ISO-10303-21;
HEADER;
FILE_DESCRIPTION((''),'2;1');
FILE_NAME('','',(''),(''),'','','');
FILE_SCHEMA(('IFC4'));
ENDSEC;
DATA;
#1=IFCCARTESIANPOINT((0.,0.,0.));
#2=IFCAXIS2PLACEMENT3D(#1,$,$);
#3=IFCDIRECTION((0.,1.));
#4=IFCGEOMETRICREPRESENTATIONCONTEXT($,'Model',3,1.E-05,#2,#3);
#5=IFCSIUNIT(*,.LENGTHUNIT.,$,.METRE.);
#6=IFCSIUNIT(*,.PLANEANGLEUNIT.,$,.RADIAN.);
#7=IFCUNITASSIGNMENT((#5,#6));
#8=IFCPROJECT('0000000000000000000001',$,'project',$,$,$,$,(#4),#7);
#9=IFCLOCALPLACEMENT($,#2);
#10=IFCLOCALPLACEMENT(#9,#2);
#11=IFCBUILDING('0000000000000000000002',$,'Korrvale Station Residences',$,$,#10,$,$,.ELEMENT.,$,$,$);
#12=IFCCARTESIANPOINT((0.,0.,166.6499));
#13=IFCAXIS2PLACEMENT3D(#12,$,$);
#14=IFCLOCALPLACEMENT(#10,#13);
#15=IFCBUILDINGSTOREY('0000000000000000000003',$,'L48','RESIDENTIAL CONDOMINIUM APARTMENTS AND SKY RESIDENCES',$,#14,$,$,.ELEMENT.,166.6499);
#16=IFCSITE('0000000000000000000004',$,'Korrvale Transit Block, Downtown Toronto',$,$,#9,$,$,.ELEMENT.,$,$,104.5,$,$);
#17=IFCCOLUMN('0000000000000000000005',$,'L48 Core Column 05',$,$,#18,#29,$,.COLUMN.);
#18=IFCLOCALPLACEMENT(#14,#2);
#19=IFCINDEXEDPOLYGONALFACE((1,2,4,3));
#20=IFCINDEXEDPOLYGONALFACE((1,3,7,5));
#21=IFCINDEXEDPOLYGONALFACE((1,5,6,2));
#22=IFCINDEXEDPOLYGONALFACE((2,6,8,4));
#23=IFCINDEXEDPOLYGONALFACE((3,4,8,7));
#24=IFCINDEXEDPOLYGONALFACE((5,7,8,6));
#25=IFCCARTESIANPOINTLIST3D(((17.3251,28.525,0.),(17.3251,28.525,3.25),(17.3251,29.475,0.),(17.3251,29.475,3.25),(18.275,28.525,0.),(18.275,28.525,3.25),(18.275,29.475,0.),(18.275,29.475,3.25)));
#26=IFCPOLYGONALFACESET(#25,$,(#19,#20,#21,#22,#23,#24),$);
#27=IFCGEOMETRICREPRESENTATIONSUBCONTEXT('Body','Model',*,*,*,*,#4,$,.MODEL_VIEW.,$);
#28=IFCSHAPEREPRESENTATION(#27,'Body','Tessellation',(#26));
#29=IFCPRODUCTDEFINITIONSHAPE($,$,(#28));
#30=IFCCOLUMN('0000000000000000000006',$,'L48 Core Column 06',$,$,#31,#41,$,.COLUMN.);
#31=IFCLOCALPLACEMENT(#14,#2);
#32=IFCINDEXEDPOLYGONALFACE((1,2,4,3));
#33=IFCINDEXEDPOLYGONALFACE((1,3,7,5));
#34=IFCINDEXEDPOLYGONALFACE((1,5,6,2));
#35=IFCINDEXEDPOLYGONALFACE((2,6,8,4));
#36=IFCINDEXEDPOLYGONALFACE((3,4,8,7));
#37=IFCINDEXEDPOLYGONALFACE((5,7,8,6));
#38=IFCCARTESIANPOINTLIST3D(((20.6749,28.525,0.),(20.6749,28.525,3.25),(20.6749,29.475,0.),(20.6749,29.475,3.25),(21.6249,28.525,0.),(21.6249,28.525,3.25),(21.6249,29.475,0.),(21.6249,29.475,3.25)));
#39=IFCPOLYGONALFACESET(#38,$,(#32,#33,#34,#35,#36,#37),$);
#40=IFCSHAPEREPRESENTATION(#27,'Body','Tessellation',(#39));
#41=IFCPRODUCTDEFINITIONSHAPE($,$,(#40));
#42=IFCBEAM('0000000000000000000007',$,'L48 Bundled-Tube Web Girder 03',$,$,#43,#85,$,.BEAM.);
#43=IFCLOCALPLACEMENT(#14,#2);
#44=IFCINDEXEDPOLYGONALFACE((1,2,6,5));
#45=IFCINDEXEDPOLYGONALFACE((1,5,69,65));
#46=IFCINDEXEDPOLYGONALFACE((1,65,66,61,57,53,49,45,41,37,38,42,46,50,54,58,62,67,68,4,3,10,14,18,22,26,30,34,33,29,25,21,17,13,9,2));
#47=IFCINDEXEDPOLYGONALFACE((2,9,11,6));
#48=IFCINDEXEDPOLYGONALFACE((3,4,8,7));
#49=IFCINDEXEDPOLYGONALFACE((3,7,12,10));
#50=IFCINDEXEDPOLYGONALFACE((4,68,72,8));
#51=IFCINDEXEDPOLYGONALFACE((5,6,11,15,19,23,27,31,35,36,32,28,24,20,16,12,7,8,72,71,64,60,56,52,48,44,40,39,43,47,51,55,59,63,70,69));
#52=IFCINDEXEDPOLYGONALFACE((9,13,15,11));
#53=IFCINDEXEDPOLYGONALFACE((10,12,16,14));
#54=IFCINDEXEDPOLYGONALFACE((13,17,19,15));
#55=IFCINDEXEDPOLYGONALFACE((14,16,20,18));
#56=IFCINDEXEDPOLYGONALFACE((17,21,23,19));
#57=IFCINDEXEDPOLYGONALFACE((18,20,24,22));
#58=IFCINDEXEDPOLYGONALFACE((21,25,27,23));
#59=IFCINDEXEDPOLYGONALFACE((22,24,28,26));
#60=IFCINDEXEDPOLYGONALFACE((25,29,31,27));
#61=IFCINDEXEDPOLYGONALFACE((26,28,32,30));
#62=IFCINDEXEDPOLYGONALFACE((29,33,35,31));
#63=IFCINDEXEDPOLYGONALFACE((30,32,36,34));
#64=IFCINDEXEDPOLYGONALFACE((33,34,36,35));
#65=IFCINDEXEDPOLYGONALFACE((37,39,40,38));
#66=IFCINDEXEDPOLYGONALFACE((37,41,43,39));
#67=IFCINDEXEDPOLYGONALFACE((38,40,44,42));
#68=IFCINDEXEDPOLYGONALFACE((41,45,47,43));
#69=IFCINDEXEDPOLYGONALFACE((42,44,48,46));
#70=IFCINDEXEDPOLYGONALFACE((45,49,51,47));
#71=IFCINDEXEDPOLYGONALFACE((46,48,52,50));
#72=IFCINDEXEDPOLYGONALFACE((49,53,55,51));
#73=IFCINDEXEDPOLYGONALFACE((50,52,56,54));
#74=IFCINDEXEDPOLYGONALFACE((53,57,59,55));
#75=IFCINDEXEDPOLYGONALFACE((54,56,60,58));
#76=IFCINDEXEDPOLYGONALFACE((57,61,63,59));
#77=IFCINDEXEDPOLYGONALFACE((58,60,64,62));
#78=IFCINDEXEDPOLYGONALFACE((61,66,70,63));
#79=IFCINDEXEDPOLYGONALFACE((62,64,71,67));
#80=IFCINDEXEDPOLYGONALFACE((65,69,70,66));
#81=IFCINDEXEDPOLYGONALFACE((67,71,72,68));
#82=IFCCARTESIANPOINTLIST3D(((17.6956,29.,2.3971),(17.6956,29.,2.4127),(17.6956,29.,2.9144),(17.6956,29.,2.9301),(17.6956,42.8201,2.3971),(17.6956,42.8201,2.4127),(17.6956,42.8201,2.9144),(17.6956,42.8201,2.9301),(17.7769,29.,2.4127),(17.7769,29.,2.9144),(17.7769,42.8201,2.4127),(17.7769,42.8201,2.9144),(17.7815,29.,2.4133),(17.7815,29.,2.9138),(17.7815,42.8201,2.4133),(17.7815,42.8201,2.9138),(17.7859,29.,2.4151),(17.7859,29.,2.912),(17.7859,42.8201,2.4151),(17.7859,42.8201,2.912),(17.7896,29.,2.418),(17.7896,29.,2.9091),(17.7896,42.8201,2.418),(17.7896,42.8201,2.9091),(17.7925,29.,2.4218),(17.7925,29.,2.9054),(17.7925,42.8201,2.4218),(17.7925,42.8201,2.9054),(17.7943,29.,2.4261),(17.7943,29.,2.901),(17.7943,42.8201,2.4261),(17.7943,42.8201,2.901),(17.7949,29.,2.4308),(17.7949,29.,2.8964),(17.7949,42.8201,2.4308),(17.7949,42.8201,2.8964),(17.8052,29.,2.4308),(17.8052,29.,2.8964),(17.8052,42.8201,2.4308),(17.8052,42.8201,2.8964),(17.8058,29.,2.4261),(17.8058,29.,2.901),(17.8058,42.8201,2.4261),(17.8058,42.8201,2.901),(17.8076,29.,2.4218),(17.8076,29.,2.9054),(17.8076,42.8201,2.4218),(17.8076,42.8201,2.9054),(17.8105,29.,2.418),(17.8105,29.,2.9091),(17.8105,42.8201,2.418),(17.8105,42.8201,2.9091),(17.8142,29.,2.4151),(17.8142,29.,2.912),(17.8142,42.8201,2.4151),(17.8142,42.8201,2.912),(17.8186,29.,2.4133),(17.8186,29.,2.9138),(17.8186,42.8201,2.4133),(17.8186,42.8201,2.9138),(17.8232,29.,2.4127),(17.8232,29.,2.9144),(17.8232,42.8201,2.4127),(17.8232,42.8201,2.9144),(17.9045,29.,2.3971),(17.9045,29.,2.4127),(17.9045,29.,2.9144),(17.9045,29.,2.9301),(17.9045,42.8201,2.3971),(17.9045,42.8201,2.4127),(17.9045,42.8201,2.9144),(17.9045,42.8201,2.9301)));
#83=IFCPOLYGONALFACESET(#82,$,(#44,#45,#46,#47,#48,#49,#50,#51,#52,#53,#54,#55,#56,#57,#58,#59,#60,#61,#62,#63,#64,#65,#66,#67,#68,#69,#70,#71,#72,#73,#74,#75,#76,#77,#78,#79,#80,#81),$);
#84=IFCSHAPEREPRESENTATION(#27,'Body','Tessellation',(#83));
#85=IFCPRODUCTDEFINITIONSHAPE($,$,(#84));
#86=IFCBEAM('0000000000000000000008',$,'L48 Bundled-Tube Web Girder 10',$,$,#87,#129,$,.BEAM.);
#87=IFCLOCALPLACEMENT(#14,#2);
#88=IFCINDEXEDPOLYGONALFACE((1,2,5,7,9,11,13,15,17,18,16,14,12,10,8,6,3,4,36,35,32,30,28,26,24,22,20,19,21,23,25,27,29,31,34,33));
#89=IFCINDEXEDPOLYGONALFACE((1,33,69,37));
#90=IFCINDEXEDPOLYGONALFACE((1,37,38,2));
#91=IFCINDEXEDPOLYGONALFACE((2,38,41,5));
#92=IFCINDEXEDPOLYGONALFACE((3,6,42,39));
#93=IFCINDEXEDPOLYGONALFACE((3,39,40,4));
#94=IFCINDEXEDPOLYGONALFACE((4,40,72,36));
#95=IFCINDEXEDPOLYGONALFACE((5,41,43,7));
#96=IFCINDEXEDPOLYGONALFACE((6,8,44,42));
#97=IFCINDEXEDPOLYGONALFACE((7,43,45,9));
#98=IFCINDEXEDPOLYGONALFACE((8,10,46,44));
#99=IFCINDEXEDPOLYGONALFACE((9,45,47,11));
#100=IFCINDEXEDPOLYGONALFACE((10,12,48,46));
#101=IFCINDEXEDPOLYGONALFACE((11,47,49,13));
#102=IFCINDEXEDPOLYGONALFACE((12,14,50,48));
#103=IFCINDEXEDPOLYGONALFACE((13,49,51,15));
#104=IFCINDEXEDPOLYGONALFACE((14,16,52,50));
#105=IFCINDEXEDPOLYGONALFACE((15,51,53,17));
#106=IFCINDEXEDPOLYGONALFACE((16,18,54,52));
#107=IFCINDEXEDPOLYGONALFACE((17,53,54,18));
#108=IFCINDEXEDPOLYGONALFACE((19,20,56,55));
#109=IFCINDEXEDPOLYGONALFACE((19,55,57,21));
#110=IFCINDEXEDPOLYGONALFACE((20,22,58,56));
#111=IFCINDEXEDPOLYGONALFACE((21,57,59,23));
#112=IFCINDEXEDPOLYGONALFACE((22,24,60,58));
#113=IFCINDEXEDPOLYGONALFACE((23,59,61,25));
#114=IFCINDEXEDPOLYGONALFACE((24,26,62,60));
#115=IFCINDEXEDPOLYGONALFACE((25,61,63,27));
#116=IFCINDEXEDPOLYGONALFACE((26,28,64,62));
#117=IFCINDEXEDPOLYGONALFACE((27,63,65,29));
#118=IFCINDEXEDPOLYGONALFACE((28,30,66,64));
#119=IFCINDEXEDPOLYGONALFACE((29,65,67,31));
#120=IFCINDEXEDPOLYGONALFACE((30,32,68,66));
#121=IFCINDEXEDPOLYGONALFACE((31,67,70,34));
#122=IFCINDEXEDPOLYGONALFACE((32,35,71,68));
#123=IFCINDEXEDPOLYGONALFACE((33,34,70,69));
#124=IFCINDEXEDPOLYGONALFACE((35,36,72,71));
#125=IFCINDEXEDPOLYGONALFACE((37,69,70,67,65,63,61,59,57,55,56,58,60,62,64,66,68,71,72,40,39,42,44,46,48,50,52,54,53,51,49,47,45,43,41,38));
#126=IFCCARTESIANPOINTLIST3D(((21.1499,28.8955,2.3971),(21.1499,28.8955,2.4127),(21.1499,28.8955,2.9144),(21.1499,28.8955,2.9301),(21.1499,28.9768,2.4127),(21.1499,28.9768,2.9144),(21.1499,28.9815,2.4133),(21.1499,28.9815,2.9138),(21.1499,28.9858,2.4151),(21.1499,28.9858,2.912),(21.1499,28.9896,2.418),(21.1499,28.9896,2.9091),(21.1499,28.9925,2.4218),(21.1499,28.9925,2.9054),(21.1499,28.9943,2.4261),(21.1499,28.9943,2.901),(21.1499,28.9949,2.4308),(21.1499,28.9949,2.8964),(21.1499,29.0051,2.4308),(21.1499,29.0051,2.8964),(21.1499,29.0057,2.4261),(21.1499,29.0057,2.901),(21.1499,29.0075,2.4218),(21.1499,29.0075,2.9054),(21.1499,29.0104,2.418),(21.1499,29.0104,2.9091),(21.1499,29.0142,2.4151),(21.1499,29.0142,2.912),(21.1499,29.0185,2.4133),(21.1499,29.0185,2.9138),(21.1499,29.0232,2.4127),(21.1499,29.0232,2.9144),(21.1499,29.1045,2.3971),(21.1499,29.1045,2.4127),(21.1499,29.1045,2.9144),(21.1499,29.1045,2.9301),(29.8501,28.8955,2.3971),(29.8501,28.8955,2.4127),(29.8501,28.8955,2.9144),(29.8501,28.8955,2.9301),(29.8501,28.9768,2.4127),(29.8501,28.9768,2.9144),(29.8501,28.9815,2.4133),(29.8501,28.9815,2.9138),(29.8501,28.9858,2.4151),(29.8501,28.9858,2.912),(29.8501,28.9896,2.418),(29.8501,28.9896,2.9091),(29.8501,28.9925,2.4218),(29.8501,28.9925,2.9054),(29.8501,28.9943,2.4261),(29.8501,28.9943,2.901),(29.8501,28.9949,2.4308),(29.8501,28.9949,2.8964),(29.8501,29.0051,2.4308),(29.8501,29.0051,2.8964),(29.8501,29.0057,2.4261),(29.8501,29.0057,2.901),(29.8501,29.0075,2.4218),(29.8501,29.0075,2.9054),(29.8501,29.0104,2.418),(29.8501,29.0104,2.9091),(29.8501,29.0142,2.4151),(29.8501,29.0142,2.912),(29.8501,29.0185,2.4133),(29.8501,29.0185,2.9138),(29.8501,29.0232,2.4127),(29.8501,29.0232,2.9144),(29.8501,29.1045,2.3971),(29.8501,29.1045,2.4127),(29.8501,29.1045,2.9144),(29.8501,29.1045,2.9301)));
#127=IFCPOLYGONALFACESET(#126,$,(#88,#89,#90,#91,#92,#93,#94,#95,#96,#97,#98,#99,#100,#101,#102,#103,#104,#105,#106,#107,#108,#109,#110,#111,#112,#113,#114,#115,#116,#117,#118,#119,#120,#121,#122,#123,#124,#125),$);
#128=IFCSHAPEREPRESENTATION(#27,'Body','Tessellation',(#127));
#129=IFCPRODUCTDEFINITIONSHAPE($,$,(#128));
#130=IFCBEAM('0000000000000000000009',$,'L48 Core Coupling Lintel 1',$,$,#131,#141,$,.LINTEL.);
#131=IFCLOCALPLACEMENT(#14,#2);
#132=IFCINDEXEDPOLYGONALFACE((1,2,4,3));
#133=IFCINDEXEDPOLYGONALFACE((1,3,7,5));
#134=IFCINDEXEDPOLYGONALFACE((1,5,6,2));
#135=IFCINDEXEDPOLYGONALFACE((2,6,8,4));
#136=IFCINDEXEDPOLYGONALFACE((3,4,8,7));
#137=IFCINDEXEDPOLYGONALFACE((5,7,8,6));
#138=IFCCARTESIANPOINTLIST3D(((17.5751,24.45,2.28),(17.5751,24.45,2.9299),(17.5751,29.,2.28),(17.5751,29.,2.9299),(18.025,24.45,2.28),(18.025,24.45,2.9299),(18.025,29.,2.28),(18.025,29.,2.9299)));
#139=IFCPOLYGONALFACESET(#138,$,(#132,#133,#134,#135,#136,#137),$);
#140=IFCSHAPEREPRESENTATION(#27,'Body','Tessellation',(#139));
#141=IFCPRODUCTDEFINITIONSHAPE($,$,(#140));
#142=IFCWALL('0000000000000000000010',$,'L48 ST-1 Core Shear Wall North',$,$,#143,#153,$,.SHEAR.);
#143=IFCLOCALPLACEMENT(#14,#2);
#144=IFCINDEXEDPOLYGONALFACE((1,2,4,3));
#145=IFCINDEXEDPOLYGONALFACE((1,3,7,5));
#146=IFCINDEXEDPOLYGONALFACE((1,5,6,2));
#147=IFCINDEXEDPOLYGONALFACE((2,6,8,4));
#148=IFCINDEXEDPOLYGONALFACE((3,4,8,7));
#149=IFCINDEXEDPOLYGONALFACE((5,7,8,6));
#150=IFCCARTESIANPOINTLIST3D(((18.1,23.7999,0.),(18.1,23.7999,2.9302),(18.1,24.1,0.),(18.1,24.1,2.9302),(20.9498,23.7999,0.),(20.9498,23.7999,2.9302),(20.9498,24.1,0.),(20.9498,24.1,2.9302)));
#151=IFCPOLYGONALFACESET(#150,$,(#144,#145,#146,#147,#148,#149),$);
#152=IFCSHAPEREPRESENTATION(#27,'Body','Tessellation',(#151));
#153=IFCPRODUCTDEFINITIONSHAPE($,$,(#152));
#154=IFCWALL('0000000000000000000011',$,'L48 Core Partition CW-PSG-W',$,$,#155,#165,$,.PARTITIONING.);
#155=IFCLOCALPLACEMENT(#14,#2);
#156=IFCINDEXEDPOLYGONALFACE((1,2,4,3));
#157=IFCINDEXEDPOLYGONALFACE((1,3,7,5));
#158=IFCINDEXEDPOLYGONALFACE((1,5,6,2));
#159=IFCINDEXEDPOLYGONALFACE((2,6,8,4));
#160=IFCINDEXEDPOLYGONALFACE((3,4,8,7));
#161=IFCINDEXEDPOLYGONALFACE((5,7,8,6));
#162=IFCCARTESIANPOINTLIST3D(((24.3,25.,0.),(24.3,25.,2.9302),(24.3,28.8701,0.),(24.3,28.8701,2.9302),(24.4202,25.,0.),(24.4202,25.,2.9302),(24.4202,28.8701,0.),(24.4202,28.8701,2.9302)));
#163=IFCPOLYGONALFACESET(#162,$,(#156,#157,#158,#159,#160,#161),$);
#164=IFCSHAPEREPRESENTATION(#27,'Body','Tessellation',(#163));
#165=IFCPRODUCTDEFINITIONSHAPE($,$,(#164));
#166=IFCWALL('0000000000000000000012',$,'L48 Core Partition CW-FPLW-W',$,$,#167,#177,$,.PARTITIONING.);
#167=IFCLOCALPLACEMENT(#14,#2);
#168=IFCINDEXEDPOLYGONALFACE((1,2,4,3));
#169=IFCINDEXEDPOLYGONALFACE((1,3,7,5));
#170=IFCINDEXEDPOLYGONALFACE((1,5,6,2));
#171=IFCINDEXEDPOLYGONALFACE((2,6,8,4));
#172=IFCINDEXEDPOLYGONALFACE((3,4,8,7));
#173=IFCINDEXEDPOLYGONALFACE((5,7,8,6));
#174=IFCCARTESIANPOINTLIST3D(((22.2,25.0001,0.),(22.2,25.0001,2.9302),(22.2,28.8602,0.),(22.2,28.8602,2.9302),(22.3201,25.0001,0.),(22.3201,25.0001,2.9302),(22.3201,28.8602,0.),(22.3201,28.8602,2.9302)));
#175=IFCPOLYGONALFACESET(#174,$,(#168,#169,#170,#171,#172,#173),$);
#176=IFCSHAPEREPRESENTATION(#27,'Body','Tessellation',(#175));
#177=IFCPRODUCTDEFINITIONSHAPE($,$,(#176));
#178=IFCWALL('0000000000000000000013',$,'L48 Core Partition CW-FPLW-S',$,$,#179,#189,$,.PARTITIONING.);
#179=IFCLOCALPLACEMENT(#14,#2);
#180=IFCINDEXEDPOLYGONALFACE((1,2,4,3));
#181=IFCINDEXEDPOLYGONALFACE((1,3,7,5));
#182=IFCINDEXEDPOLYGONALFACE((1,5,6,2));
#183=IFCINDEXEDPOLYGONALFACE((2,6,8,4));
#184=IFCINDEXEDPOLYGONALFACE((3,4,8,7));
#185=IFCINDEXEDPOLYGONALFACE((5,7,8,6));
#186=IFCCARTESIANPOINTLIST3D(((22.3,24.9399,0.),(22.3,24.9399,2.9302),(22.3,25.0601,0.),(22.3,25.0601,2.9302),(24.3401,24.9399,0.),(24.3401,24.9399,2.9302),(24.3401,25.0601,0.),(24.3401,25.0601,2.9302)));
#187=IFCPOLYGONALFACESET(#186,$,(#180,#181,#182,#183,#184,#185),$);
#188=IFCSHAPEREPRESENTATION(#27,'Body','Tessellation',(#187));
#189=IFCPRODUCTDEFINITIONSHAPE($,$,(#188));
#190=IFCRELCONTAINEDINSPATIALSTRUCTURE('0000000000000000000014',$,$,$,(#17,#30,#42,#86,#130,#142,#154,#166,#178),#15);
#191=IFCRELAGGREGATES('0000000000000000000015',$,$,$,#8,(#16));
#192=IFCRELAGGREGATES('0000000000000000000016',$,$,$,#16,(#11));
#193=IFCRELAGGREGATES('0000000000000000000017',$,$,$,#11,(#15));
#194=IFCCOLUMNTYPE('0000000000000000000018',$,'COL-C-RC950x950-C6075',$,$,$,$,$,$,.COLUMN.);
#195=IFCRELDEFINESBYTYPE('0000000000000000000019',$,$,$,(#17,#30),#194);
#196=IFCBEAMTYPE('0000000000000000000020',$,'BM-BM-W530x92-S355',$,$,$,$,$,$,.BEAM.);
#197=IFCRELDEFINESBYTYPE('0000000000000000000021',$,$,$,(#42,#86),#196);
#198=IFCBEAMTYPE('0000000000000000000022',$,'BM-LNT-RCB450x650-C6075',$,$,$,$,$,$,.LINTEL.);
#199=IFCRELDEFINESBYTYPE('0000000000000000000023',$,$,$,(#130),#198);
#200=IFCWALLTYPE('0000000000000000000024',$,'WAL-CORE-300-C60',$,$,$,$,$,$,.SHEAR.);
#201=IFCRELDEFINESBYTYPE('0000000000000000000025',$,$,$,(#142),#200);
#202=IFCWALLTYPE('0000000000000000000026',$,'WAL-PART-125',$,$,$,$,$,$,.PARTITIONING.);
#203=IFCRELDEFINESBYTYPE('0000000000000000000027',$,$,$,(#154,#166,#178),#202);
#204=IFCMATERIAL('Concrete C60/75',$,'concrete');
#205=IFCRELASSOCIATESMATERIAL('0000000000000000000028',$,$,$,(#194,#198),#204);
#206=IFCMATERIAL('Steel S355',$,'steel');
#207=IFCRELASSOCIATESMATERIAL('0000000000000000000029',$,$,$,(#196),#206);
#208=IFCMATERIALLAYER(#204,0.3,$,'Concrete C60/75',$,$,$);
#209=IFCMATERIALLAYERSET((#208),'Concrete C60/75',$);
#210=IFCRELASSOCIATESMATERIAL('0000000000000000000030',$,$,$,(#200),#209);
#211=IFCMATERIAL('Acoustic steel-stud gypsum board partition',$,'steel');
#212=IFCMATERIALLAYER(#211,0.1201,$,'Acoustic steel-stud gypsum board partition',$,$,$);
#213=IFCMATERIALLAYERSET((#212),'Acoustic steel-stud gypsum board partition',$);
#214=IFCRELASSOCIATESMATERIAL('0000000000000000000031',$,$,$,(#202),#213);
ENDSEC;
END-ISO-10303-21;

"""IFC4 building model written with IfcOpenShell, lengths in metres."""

from ifc_helpers import new_model, si_unit, direction, frame, frame_2d, origin, origin_2d, place, context, subcontext, project, spatial, rectangle, i_section, extrude, material, layer, layer_set, material_profile, profile_set, type_object, element, save


model = new_model("IFC4")

# Units and contexts
model_context = context("Model", 3, precision=1e-05, world=origin(), true_north=direction((0.0, 1.0)))
body_context = subcontext(model_context, "Body", "Model", "MODEL_VIEW")
ifc_project = project(units=[si_unit("LENGTHUNIT", "METRE"), si_unit("PLANEANGLEUNIT", "RADIAN")], contexts=[model_context])

# Site, building, storey
site_placement = place(None, origin())
site = spatial("IfcSite", under=ifc_project, at=site_placement, Name="Korrvale Transit Block, Downtown Toronto", CompositionType="ELEMENT", RefElevation=104.5)
building_placement = place(site_placement, origin())
building = spatial("IfcBuilding", under=site, at=building_placement, Name="Korrvale Station Residences", CompositionType="ELEMENT")
storey_placement = place(building_placement, frame((0.0, 0.0, 166.6499)))
storey = spatial("IfcBuildingStorey", under=building, at=storey_placement, Name="L48", Description="RESIDENTIAL CONDOMINIUM APARTMENTS AND SKY RESIDENCES", CompositionType="ELEMENT", Elevation=166.6499)

# Columns
ifc_material_1 = material(Name="Concrete C60/75", Category="concrete")
ifc_material_profile_1 = material_profile(ifc_material_1, rectangle(XDim=0.95, YDim=0.95, at=origin_2d()), Name="RC950x950")
ifc_profile_set_1 = profile_set([ifc_material_profile_1], Name="Concrete C60/75")
column_type = type_object("IfcColumnType", Name="COL-C-RC950x950-C6075", PredefinedType="COLUMN", material=ifc_profile_set_1)
for number, where, z_axis, x_axis, name in (
    (1, (17.8, 29.0, 0.0), (0.0, 0.0, 1.0), (1.0, 0.0, 0.0), "L48 Core Column 05"),
    (2, (21.1499, 29.0, 0.0), (0.0, 0.0, 1.0), (1.0, 0.0, 0.0), "L48 Core Column 06"),
):
    element("IfcColumn", number, at=place(storey_placement, frame(where, z_axis=z_axis, x_axis=x_axis)), inside=storey, type_object=column_type, Name=name, PredefinedType="COLUMN", context=body_context, shape_type="SweptSolid", body=[
        extrude(rectangle(XDim=0.95, YDim=0.95, at=origin_2d()), origin(), (0.0, 0.0, 1.0), 3.25),
    ])

# Beams
ifc_material_2 = material(Name="Steel S355", Category="steel")
ifc_material_profile_2 = material_profile(ifc_material_2, i_section(OverallWidth=0.209, OverallDepth=0.533, WebThickness=0.0103, FlangeThickness=0.0156, FilletRadius=0.0181, at=origin_2d()), Name="W530x92")
ifc_profile_set_2 = profile_set([ifc_material_profile_2], Name="Steel S355")
beam_type_1 = type_object("IfcBeamType", Name="BM-BM-W530x92-S355", PredefinedType="BEAM", material=ifc_profile_set_2)
beam_1_placement = place(storey_placement, frame((17.8, 29.0, 2.6636), z_axis=(0.0, 1.0, 0.0), x_axis=(-1.0, 0.0, 0.0)))
element("IfcBeam", 3, at=beam_1_placement, inside=storey, type_object=beam_type_1, Name="L48 Bundled-Tube Web Girder 03", PredefinedType="BEAM", context=body_context, shape_type="SweptSolid", body=[
    extrude(i_section(OverallWidth=0.209, OverallDepth=0.533, WebThickness=0.0103, FlangeThickness=0.0156, FilletRadius=0.0181, at=origin_2d()), origin(), (0.0, 0.0, 1.0), 13.8201),
])
beam_2_placement = place(storey_placement, frame((21.1499, 29.0, 2.6636), z_axis=(1.0, 0.0, 0.0), x_axis=(0.0, 1.0, 0.0)))
element("IfcBeam", 4, at=beam_2_placement, inside=storey, type_object=beam_type_1, Name="L48 Bundled-Tube Web Girder 10", PredefinedType="BEAM", context=body_context, shape_type="SweptSolid", body=[
    extrude(i_section(OverallWidth=0.209, OverallDepth=0.533, WebThickness=0.0103, FlangeThickness=0.0156, FilletRadius=0.0181, at=origin_2d()), origin(), (0.0, 0.0, 1.0), 8.7002),
])
ifc_material_profile_3 = material_profile(ifc_material_1, rectangle(XDim=0.45, YDim=0.6499, at=origin_2d()), Name="RCB450x650")
ifc_profile_set_3 = profile_set([ifc_material_profile_3], Name="Concrete C60/75")
beam_type_2 = type_object("IfcBeamType", Name="BM-LNT-RCB450x650-C6075", PredefinedType="LINTEL", material=ifc_profile_set_3)
beam_3_placement = place(storey_placement, frame((17.8, 24.45, 2.605), z_axis=(0.0, 1.0, 0.0), x_axis=(-1.0, 0.0, 0.0)))
element("IfcBeam", 5, at=beam_3_placement, inside=storey, type_object=beam_type_2, Name="L48 Core Coupling Lintel 1", PredefinedType="LINTEL", context=body_context, shape_type="SweptSolid", body=[
    extrude(rectangle(XDim=0.45, YDim=0.6499, at=origin_2d()), origin(), (0.0, 0.0, 1.0), 4.55),
])

# Walls
ifc_layer_1 = layer(ifc_material_1, 0.3, Name="Concrete C60/75")
ifc_layer_set_1 = layer_set([ifc_layer_1], Name="Concrete C60/75")
wall_type_1 = type_object("IfcWallType", Name="WAL-CORE-300-C60", PredefinedType="SHEAR", material=ifc_layer_set_1)
wall_1_placement = place(storey_placement, frame((18.1001, 23.95, 0.0), z_axis=(0.0, 0.0, 1.0), x_axis=(1.0, 0.0, 0.0)))
element("IfcWall", 6, at=wall_1_placement, inside=storey, type_object=wall_type_1, Name="L48 ST-1 Core Shear Wall North", PredefinedType="SHEAR", context=body_context, shape_type="SweptSolid", body=[
    extrude(rectangle(XDim=2.8499, YDim=0.3, at=frame_2d((1.4248, 0.0))), origin(), (0.0, 0.0, 1.0), 2.9302),
])
ifc_material_3 = material(Name="Acoustic steel-stud gypsum board partition", Category="steel")
ifc_layer_2 = layer(ifc_material_3, 0.1201, Name="Acoustic steel-stud gypsum board partition")
ifc_layer_set_2 = layer_set([ifc_layer_2], Name="Acoustic steel-stud gypsum board partition")
wall_type_2 = type_object("IfcWallType", Name="WAL-PART-125", PredefinedType="PARTITIONING", material=ifc_layer_set_2)
wall_2_placement = place(storey_placement, frame((24.3601, 25.0, 0.0), z_axis=(0.0, 0.0, 1.0), x_axis=(0.0, 1.0, 0.0)))
element("IfcWall", 7, at=wall_2_placement, inside=storey, type_object=wall_type_2, Name="L48 Core Partition CW-PSG-W", PredefinedType="PARTITIONING", context=body_context, shape_type="SweptSolid", body=[
    extrude(rectangle(XDim=3.8701, YDim=0.1201, at=frame_2d((1.9351, 0.0))), origin(), (0.0, 0.0, 1.0), 2.9302),
])
wall_3_placement = place(storey_placement, frame((22.26, 25.0, 0.0), z_axis=(0.0, 0.0, 1.0), x_axis=(0.0, 1.0, 0.0)))
element("IfcWall", 8, at=wall_3_placement, inside=storey, type_object=wall_type_2, Name="L48 Core Partition CW-FPLW-W", PredefinedType="PARTITIONING", context=body_context, shape_type="SweptSolid", body=[
    extrude(rectangle(XDim=3.8601, YDim=0.1201, at=frame_2d((1.9302, 0.0))), origin(), (0.0, 0.0, 1.0), 2.9302),
])
wall_4_placement = place(storey_placement, frame((22.3, 25.0, 0.0), z_axis=(0.0, 0.0, 1.0), x_axis=(1.0, 0.0, 0.0)))
element("IfcWall", 9, at=wall_4_placement, inside=storey, type_object=wall_type_2, Name="L48 Core Partition CW-FPLW-S", PredefinedType="PARTITIONING", context=body_context, shape_type="SweptSolid", body=[
    extrude(rectangle(XDim=2.04, YDim=0.1201, at=frame_2d((1.02, 0.0))), origin(), (0.0, 0.0, 1.0), 2.9302),
])

save(model, "model.ifc")
